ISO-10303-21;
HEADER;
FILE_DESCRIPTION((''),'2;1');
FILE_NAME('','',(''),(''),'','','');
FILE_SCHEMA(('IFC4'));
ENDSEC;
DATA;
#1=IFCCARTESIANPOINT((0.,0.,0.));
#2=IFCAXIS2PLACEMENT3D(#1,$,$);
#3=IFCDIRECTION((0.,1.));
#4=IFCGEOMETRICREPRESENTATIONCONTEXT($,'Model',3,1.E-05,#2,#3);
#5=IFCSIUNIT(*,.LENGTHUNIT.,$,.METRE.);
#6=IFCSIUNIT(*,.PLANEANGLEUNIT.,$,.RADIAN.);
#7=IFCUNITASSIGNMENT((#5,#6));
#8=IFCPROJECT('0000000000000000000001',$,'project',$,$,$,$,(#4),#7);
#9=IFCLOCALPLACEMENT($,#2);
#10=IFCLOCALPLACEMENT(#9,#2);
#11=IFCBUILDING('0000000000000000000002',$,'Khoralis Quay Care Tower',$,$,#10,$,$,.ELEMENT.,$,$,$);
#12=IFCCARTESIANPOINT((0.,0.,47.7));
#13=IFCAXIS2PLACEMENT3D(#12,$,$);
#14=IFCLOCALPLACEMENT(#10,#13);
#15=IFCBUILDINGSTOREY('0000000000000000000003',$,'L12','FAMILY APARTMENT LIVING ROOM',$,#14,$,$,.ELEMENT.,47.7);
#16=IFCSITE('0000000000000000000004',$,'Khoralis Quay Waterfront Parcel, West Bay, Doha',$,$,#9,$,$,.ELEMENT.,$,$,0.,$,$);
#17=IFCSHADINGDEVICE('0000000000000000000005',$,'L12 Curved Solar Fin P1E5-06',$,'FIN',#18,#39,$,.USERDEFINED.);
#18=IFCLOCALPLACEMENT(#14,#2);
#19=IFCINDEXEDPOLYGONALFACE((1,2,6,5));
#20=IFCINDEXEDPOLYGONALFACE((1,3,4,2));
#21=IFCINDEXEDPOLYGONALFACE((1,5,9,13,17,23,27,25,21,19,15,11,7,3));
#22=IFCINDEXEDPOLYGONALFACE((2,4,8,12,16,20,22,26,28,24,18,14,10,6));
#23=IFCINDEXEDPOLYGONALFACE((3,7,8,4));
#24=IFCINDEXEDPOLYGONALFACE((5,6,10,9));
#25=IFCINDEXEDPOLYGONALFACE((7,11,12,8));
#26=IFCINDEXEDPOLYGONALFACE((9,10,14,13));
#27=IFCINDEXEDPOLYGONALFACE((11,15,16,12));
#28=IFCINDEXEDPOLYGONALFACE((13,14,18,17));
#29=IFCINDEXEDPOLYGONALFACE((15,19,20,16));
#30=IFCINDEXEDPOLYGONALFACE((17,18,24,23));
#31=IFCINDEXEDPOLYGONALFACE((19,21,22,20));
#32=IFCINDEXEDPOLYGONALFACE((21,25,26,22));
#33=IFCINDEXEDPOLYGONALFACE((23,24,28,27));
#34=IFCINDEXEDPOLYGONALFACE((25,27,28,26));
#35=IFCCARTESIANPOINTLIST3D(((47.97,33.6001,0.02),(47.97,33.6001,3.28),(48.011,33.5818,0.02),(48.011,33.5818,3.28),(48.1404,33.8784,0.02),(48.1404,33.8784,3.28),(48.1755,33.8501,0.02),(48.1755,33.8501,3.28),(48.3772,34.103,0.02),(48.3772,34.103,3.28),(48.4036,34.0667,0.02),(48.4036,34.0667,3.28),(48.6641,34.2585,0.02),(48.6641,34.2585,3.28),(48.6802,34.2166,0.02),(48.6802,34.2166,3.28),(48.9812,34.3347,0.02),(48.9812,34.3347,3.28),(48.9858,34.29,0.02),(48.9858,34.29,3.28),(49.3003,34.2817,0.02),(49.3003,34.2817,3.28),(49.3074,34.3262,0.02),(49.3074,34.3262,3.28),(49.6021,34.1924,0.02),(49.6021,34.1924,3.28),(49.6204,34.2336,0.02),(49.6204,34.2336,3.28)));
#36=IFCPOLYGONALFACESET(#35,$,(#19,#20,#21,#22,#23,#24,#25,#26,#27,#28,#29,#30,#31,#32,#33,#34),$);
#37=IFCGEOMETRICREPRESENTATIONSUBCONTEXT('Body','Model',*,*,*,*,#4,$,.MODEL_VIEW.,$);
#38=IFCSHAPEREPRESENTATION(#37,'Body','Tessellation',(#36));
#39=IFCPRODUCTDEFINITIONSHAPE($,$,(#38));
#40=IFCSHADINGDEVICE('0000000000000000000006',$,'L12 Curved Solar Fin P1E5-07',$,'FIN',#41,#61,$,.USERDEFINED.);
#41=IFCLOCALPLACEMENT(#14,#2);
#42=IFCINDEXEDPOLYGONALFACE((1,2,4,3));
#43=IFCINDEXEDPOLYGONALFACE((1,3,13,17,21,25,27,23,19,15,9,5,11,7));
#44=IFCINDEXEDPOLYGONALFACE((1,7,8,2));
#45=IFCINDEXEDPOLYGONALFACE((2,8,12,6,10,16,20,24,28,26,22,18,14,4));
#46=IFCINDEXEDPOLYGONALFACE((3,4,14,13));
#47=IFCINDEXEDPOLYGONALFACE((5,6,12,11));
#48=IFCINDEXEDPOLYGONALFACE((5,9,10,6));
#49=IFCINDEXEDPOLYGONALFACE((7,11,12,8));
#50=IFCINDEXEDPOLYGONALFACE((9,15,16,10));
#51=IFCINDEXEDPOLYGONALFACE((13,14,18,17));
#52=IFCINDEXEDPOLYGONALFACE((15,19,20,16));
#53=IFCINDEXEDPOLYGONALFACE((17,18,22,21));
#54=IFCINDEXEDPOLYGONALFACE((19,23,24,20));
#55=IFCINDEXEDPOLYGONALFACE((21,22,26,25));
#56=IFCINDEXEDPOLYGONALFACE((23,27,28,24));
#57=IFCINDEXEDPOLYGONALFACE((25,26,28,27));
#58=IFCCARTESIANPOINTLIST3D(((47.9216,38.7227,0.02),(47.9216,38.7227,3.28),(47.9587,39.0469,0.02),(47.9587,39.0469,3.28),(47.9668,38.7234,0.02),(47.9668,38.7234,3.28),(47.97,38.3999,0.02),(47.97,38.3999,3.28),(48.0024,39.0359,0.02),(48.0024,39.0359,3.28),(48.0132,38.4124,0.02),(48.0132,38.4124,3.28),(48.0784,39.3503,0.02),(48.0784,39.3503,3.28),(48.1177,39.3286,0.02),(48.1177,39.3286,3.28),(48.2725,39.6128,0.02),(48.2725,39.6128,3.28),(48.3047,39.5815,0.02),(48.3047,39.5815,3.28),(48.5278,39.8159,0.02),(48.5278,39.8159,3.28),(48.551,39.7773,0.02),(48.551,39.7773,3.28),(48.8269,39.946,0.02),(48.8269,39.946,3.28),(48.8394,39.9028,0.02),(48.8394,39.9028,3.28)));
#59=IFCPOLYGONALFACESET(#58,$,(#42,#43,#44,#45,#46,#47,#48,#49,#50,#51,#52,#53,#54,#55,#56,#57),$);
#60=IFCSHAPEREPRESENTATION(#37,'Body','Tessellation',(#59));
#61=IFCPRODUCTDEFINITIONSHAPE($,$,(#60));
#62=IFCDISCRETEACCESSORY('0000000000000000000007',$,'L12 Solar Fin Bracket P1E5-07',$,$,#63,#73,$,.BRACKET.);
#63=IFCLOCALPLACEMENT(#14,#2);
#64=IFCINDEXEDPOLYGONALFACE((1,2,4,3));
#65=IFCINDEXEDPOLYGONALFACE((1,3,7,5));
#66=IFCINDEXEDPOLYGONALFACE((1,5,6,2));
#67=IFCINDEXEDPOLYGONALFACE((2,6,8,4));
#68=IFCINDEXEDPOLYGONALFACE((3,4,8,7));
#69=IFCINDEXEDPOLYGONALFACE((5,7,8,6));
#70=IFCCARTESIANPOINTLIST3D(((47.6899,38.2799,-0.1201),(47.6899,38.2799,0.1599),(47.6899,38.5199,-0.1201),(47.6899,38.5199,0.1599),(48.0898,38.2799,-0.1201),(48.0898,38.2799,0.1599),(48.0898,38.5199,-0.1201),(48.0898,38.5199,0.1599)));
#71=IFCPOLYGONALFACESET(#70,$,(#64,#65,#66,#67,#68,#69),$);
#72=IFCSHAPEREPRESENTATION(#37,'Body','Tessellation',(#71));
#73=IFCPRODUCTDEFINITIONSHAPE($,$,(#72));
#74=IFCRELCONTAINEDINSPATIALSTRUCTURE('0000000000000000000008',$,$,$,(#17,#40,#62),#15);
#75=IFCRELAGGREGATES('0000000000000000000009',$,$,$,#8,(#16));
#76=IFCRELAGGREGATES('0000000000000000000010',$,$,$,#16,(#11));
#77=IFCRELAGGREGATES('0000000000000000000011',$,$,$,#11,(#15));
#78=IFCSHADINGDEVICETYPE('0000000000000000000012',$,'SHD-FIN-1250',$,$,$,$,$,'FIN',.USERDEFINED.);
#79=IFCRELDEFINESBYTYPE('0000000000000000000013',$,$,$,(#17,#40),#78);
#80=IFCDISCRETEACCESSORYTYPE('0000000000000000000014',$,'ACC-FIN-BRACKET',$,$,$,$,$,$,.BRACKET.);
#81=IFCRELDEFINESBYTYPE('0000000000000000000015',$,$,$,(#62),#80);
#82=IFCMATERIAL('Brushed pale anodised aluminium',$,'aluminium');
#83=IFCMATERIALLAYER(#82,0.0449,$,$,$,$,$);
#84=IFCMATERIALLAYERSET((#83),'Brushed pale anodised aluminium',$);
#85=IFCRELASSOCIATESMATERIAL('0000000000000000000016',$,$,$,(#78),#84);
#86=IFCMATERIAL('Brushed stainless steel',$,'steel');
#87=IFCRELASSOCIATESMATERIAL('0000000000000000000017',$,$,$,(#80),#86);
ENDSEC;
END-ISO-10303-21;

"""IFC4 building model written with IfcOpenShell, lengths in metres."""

from ifc_helpers import new_model, si_unit, direction, frame, origin, origin_2d, place, context, subcontext, project, spatial, polyline, rectangle, outline, extrude, source, transform, mapped, material, layer, layer_set, type_object, element, save


model = new_model("IFC4")

# Units and contexts
model_context = context("Model", 3, precision=1e-05, world=origin(), true_north=direction((0.0, 1.0)))
body_context = subcontext(model_context, "Body", "Model", "MODEL_VIEW")
ifc_project = project(units=[si_unit("LENGTHUNIT", "METRE"), si_unit("PLANEANGLEUNIT", "RADIAN")], contexts=[model_context])

# Site, building, storey
site_placement = place(None, origin())
site = spatial("IfcSite", under=ifc_project, at=site_placement, Name="Khoralis Quay Waterfront Parcel, West Bay, Doha", CompositionType="ELEMENT", RefElevation=0.0)
building_placement = place(site_placement, origin())
building = spatial("IfcBuilding", under=site, at=building_placement, Name="Khoralis Quay Care Tower", CompositionType="ELEMENT")
storey_placement = place(building_placement, frame((0.0, 0.0, 47.7)))
storey = spatial("IfcBuildingStorey", under=building, at=storey_placement, Name="L12", Description="FAMILY APARTMENT LIVING ROOM", CompositionType="ELEMENT", Elevation=47.7)

# Shading devices
ifc_material_1 = material(Name="Brushed pale anodised aluminium", Category="aluminium")
ifc_layer_1 = layer(ifc_material_1, 0.0449)
ifc_layer_set_1 = layer_set([ifc_layer_1], Name="Brushed pale anodised aluminium")
shading_device_type = type_object("IfcShadingDeviceType", Name="SHD-FIN-1250", ElementType="FIN", PredefinedType="USERDEFINED", material=ifc_layer_set_1)
shared_shape_1 = source(origin(), body_context, "Body", "SweptSolid", [
    extrude(outline(polyline([(0.0, 0.0), (0.1704, 0.2783), (0.4072, 0.5029), (0.6941, 0.6584), (1.0112, 0.7346), (1.3374, 0.7261), (1.6504, 0.6335), (1.6321, 0.5923), (1.3303, 0.6816), (1.0159, 0.6899), (0.7102, 0.6165), (0.4336, 0.4666), (0.2056, 0.25), (0.041, -0.0183), (0.0, 0.0)])), origin(), (0.0, 0.0, 1.0), 3.26),
])
shading_device_1_placement = place(storey_placement, frame((47.97, 33.6001, 0.02), z_axis=(0.0, 0.0, 1.0), x_axis=(1.0, 0.0, 0.0)))
element("IfcShadingDevice", 1, at=shading_device_1_placement, inside=storey, type_object=shading_device_type, Name="L12 Curved Solar Fin P1E5-06", ObjectType="FIN", PredefinedType="USERDEFINED", context=body_context, shape_type="MappedRepresentation", body=[
    mapped(shared_shape_1, transform((0.0, 0.0, 0.0), scale=1.0)),
])
shared_shape_2 = source(origin(), body_context, "Body", "SweptSolid", [
    extrude(outline(polyline([(0.0, 0.0), (-0.0483, 0.3228), (-0.0112, 0.647), (0.1084, 0.9504), (0.3025, 1.2129), (0.5579, 1.416), (0.8569, 1.5461), (0.8694, 1.5029), (0.5811, 1.3774), (0.3347, 1.1816), (0.1477, 0.9287), (0.0325, 0.636), (-0.0032, 0.3235), (0.0432, 0.0125), (0.0, 0.0)])), origin(), (0.0, 0.0, 1.0), 3.26),
])
shading_device_2_placement = place(storey_placement, frame((47.97, 38.3999, 0.02), z_axis=(0.0, 0.0, 1.0), x_axis=(1.0, 0.0, 0.0)))
element("IfcShadingDevice", 2, at=shading_device_2_placement, inside=storey, type_object=shading_device_type, Name="L12 Curved Solar Fin P1E5-07", ObjectType="FIN", PredefinedType="USERDEFINED", context=body_context, shape_type="MappedRepresentation", body=[
    mapped(shared_shape_2, transform((0.0, 0.0, 0.0), scale=1.0)),
])

# Discrete accessory
ifc_material_2 = material(Name="Brushed stainless steel", Category="steel")
discrete_accessory_type = type_object("IfcDiscreteAccessoryType", Name="ACC-FIN-BRACKET", PredefinedType="BRACKET", material=ifc_material_2)
shared_shape_3 = source(origin(), body_context, "Body", "SweptSolid", [
    extrude(rectangle(XDim=0.3999, YDim=0.24, at=origin_2d()), origin(), (0.0, 0.0, 1.0), 0.28),
])
discrete_accessory_placement = place(storey_placement, frame((47.8899, 38.3999, -0.1201), z_axis=(0.0, 0.0, 1.0), x_axis=(1.0, 0.0, 0.0)))
element("IfcDiscreteAccessory", 3, at=discrete_accessory_placement, inside=storey, type_object=discrete_accessory_type, Name="L12 Solar Fin Bracket P1E5-07", PredefinedType="BRACKET", context=body_context, shape_type="MappedRepresentation", body=[
    mapped(shared_shape_3, transform((0.0, 0.0, 0.0), scale=1.0)),
])

save(model, "model.ifc")
